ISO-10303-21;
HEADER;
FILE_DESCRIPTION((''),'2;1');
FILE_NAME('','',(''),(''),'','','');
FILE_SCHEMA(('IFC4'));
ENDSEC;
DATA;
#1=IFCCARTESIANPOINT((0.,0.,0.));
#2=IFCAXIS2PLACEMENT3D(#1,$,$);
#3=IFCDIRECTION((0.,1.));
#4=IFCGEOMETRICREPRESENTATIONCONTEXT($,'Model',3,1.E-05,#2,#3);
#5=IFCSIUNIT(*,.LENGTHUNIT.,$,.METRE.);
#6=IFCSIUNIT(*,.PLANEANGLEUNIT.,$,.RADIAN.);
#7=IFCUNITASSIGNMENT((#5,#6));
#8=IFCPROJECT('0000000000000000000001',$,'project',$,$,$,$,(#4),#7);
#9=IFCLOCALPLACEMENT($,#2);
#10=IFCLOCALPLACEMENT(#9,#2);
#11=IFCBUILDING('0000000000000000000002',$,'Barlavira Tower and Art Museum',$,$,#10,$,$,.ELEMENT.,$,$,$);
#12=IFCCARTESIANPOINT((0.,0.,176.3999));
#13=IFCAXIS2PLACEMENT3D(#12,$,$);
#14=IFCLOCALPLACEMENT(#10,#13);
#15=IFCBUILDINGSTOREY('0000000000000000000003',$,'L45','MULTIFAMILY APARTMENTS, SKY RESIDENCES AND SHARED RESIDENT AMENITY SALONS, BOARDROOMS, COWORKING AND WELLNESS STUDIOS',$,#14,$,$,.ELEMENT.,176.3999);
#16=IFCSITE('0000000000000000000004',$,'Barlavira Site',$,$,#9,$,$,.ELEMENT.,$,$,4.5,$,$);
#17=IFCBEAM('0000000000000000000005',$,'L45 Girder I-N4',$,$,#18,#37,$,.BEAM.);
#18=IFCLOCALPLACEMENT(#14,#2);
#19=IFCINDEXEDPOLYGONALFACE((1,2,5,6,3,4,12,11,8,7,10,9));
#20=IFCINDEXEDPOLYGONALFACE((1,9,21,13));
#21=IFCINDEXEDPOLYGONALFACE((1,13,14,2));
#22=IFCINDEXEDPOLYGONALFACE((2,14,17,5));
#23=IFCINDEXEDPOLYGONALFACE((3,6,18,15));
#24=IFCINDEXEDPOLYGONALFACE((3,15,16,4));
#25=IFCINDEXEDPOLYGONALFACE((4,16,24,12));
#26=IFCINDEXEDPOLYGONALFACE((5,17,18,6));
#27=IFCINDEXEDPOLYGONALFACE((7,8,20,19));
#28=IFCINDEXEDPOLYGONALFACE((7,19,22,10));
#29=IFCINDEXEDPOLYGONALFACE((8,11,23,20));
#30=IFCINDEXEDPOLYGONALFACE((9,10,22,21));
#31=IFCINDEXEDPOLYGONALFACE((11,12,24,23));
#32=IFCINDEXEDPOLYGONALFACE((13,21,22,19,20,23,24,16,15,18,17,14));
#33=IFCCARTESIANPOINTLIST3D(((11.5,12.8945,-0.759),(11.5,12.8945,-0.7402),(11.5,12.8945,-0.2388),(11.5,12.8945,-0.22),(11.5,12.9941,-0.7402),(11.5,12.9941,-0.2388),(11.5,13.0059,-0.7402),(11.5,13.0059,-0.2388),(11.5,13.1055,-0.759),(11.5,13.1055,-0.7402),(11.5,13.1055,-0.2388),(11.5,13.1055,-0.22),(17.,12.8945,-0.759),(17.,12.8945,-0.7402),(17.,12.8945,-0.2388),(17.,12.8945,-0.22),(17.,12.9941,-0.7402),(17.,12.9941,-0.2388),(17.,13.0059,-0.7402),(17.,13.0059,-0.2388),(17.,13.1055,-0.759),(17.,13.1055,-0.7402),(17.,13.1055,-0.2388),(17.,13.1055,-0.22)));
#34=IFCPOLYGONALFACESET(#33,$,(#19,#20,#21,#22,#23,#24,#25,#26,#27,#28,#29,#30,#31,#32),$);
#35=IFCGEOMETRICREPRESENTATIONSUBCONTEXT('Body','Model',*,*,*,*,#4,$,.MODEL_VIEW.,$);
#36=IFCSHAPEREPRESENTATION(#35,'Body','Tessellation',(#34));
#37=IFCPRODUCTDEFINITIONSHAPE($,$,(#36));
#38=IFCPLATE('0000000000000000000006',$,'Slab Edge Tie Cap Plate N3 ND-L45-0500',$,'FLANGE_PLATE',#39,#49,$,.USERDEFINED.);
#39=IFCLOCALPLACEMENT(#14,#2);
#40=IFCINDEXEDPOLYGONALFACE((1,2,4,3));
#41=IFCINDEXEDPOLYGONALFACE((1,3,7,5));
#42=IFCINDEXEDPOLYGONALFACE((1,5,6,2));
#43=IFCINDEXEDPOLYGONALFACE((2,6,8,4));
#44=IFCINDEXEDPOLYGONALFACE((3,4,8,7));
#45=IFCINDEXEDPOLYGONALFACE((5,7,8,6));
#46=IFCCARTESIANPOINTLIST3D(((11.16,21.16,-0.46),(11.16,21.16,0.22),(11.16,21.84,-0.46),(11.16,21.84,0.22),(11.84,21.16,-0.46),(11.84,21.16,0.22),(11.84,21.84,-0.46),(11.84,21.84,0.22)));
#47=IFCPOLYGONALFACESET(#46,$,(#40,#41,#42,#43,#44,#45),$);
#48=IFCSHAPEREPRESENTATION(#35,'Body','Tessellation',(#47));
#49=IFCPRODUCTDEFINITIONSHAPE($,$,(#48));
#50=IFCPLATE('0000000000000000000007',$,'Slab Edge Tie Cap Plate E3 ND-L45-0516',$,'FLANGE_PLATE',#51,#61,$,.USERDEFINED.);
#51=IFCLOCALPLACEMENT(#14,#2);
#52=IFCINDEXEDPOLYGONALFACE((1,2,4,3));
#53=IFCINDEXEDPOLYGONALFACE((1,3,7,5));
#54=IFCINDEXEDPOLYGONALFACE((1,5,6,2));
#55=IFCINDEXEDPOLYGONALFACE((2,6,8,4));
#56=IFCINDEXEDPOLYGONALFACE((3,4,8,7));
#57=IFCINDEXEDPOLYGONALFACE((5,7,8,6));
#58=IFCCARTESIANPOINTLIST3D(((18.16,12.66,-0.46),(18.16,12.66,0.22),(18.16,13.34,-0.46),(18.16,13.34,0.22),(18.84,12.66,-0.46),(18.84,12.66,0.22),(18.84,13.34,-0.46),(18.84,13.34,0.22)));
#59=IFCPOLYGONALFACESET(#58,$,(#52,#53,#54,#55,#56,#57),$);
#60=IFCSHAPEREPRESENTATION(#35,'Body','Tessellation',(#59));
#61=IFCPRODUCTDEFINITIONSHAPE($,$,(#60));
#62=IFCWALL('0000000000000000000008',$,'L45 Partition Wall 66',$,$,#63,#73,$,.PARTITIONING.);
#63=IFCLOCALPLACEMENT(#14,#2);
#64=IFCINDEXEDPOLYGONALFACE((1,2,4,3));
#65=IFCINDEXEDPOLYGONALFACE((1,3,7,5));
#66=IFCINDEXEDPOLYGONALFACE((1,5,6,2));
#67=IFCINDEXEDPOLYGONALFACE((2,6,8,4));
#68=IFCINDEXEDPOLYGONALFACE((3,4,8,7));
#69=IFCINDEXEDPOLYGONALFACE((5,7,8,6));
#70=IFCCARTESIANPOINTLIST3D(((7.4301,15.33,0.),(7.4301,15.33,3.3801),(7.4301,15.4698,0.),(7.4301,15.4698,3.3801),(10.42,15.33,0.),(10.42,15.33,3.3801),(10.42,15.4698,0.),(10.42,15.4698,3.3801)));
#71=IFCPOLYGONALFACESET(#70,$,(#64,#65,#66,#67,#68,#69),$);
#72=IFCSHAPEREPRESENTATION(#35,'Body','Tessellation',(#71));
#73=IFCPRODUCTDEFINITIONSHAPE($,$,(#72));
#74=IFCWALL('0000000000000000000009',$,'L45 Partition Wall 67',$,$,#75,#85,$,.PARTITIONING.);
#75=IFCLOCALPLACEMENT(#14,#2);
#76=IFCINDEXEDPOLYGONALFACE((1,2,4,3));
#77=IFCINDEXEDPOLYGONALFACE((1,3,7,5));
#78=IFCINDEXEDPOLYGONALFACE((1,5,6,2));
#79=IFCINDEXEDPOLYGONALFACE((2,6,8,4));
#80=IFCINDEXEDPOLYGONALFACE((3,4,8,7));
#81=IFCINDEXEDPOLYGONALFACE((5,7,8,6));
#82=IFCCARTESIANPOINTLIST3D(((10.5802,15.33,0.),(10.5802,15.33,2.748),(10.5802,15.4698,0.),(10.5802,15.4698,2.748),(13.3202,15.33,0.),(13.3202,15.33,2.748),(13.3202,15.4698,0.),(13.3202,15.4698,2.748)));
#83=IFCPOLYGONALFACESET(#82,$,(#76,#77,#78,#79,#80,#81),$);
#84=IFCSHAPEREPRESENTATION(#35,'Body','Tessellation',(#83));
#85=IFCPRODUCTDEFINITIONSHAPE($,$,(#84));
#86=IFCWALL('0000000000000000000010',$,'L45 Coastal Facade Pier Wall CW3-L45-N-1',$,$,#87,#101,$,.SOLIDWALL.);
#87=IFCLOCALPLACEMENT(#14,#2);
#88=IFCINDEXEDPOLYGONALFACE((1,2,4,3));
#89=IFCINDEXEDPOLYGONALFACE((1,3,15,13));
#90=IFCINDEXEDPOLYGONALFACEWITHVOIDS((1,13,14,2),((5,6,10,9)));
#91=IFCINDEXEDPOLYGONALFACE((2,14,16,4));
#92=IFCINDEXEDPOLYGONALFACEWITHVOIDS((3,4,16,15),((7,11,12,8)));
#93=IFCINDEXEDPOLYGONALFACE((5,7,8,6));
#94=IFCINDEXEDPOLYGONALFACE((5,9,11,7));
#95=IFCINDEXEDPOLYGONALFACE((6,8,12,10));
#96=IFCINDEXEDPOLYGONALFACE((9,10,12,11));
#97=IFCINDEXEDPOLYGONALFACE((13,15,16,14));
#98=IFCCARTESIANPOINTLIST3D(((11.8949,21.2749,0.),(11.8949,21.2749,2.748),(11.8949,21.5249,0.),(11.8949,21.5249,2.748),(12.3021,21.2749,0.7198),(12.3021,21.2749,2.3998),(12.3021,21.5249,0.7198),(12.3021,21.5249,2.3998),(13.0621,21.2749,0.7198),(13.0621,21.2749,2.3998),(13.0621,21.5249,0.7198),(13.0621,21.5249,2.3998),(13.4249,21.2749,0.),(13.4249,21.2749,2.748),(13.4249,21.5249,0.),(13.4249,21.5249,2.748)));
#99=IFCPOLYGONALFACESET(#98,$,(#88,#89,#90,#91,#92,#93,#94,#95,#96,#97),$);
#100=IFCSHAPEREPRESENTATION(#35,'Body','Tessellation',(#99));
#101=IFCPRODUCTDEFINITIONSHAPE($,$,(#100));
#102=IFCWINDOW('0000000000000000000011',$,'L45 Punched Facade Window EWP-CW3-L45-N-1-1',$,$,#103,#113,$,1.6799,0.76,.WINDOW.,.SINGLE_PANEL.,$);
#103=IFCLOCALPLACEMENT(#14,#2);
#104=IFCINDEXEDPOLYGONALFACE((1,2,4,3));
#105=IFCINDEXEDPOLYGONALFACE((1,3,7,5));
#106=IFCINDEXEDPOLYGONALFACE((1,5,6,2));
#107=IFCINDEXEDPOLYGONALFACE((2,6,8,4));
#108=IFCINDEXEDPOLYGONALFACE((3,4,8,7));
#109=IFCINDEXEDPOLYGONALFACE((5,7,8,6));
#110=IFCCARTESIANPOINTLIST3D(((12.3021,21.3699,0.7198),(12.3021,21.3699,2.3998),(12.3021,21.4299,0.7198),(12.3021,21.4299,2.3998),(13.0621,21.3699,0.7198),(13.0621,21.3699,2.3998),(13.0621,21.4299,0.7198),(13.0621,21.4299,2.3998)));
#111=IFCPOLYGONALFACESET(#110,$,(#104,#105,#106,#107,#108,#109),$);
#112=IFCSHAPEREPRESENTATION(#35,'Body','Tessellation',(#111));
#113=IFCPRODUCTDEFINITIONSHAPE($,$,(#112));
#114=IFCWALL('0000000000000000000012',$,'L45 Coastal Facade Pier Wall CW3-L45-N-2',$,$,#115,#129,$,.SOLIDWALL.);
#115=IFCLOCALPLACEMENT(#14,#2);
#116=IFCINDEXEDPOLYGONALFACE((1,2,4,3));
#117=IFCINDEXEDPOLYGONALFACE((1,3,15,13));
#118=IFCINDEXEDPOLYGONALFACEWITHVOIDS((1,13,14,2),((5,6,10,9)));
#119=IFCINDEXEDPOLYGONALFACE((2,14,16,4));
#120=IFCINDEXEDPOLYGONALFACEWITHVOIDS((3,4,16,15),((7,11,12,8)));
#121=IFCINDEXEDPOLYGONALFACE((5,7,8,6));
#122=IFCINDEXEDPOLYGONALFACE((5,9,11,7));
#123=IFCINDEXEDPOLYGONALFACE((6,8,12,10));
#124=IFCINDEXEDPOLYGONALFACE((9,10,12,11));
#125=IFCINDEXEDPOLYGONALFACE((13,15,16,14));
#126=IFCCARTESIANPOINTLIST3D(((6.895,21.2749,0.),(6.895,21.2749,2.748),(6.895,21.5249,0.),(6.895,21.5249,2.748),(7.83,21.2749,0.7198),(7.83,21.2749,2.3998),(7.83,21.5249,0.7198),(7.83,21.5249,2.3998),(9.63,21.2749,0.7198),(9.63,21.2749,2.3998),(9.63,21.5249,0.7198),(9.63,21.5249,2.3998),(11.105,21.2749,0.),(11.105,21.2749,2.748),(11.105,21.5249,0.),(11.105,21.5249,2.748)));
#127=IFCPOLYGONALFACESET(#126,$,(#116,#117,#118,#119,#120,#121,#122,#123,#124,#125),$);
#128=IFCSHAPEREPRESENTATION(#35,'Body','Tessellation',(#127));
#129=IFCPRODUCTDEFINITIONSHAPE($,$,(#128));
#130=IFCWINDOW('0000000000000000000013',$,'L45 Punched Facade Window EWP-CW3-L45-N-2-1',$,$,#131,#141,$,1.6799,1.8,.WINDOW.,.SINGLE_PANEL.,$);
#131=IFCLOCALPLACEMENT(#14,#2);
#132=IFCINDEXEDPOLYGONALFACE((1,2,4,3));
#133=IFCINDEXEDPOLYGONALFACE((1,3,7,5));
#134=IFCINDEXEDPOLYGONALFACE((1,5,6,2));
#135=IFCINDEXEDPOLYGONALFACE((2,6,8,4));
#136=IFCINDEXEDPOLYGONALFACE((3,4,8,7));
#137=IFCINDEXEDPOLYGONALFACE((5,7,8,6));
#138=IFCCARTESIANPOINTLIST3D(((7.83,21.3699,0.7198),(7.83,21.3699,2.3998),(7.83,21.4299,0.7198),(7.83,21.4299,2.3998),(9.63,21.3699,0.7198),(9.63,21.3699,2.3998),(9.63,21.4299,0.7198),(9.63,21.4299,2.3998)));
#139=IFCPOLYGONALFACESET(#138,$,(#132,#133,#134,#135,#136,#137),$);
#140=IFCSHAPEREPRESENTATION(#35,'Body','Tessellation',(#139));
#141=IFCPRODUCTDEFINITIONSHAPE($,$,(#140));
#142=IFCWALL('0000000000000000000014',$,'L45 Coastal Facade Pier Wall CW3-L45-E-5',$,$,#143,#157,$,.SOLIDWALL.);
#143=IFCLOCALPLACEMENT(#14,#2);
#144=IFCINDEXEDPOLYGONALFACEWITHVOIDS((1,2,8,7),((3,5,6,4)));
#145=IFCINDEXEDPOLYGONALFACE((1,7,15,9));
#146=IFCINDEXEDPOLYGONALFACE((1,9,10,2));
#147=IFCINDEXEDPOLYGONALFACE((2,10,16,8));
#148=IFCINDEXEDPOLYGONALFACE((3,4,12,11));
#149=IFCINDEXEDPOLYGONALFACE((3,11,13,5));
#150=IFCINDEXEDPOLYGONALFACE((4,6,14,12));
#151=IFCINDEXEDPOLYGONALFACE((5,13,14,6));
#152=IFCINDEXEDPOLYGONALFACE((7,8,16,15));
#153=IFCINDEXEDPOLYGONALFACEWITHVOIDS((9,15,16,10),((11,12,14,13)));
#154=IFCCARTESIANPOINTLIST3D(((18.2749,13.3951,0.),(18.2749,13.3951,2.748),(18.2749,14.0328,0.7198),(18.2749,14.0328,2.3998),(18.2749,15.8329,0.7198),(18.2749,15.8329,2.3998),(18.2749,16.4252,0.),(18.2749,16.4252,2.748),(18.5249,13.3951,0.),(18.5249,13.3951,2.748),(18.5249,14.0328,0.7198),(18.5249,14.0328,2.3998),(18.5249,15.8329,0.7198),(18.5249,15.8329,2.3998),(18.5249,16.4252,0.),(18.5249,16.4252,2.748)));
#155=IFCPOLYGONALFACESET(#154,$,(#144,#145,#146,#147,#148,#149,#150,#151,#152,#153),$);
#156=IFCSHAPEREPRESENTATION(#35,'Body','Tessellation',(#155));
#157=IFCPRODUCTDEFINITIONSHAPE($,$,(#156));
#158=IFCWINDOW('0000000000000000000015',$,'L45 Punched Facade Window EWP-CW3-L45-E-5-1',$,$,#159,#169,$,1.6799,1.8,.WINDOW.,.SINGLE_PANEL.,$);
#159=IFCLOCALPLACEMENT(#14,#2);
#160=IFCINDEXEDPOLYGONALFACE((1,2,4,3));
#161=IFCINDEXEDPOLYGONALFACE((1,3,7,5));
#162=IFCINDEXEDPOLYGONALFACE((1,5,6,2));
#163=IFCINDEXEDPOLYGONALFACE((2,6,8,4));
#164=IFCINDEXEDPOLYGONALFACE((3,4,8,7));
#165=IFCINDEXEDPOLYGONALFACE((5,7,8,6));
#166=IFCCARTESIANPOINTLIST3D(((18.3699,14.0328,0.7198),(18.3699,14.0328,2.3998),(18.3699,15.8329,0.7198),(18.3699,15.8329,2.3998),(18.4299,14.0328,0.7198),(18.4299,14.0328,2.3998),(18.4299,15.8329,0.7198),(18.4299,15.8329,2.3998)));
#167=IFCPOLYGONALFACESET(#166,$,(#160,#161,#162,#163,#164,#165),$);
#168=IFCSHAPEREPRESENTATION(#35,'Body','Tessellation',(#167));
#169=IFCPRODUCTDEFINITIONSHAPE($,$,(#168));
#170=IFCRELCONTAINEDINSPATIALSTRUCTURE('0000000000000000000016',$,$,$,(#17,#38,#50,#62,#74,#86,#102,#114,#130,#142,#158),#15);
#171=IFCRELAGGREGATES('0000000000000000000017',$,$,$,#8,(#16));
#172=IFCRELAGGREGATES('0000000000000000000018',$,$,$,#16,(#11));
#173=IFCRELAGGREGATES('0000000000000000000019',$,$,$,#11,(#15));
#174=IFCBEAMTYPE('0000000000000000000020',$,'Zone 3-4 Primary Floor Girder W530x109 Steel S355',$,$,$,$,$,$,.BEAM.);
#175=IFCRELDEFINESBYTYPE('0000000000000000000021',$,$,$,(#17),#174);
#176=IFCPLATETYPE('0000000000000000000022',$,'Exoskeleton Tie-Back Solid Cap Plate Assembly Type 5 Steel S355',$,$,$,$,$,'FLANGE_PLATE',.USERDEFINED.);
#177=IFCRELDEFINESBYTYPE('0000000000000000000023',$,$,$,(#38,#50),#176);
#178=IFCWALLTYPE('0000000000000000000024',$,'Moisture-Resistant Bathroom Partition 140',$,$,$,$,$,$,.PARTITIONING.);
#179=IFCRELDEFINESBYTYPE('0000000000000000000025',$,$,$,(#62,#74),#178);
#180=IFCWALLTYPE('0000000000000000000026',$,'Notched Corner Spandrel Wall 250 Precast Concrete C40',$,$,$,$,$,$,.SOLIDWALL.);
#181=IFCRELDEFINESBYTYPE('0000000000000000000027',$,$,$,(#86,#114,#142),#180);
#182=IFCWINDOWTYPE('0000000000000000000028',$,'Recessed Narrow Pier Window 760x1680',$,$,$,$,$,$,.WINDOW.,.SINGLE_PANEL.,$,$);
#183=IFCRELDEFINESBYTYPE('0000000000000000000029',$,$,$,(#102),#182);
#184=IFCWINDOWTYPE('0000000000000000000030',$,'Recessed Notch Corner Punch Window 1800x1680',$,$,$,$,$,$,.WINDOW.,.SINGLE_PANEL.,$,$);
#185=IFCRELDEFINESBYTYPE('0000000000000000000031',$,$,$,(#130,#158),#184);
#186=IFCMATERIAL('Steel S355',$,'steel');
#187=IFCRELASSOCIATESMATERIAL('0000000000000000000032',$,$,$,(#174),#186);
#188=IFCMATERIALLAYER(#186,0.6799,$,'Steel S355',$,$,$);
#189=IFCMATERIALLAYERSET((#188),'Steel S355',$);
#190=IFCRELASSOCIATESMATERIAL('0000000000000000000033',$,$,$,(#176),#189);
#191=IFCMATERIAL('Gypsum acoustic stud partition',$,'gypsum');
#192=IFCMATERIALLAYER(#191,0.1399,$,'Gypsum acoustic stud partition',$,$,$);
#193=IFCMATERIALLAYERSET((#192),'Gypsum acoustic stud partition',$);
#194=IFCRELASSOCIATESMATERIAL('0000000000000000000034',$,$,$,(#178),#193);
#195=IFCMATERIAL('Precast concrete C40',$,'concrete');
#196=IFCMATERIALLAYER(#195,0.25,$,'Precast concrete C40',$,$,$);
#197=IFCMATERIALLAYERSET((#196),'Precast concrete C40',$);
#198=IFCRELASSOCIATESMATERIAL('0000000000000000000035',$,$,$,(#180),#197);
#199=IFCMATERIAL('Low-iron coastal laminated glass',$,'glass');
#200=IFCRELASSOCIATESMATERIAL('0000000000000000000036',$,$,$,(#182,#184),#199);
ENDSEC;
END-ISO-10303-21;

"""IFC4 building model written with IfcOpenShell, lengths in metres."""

from ifc_helpers import new_model, si_unit, direction, frame, frame_2d, origin, origin_2d, place, context, subcontext, project, spatial, rectangle, i_section, extrude, material, layer, layer_set, material_profile, profile_set, type_object, element, fill, save


model = new_model("IFC4")

# Units and contexts
model_context = context("Model", 3, precision=1e-05, world=origin(), true_north=direction((0.0, 1.0)))
body_context = subcontext(model_context, "Body", "Model", "MODEL_VIEW")
ifc_project = project(units=[si_unit("LENGTHUNIT", "METRE"), si_unit("PLANEANGLEUNIT", "RADIAN")], contexts=[model_context])

# Site, building, storey
site_placement = place(None, origin())
site = spatial("IfcSite", under=ifc_project, at=site_placement, Name="Barlavira Site", CompositionType="ELEMENT", RefElevation=4.5)
building_placement = place(site_placement, origin())
building = spatial("IfcBuilding", under=site, at=building_placement, Name="Barlavira Tower and Art Museum", CompositionType="ELEMENT")
storey_placement = place(building_placement, frame((0.0, 0.0, 176.3999)))
storey = spatial("IfcBuildingStorey", under=building, at=storey_placement, Name="L45", Description="MULTIFAMILY APARTMENTS, SKY RESIDENCES AND SHARED RESIDENT AMENITY SALONS, BOARDROOMS, COWORKING AND WELLNESS STUDIOS", CompositionType="ELEMENT", Elevation=176.3999)

# Shared definitions
ifc_material_1 = material(Name="Steel S355", Category="steel")

# Beam
ifc_material_profile_1 = material_profile(ifc_material_1, i_section(OverallWidth=0.2109, OverallDepth=0.5391, WebThickness=0.0117, FlangeThickness=0.0188, at=origin_2d()), Name="W530x109.0")
ifc_profile_set_1 = profile_set([ifc_material_profile_1], Name="Steel S355")
beam_type_1 = type_object("IfcBeamType", Name="Zone 3-4 Primary Floor Girder W530x109 Steel S355", PredefinedType="BEAM", material=ifc_profile_set_1)
beam_1_placement = place(storey_placement, frame((11.5, 13.0, -0.4895), z_axis=(1.0, 0.0, 0.0), x_axis=(0.0, 1.0, 0.0)))
element("IfcBeam", 1, at=beam_1_placement, inside=storey, type_object=beam_type_1, Name="L45 Girder I-N4", PredefinedType="BEAM", context=body_context, shape_type="SweptSolid", body=[
    extrude(i_section(OverallWidth=0.2109, OverallDepth=0.5391, WebThickness=0.0117, FlangeThickness=0.0188, at=origin_2d()), origin(), (0.0, 0.0, 1.0), 5.5),
])

# Plates
ifc_layer_1 = layer(ifc_material_1, 0.6799, Name="Steel S355")
ifc_layer_set_1 = layer_set([ifc_layer_1], Name="Steel S355")
plate_type = type_object("IfcPlateType", Name="Exoskeleton Tie-Back Solid Cap Plate Assembly Type 5 Steel S355", ElementType="FLANGE_PLATE", PredefinedType="USERDEFINED", material=ifc_layer_set_1)
for number, where, z_axis, x_axis, name in (
    (2, (11.5, 21.5, -0.46), (0.0, 0.0, 1.0), (1.0, 0.0, 0.0), "Slab Edge Tie Cap Plate N3 ND-L45-0500"),
    (3, (18.5, 13.0, -0.46), (0.0, 0.0, 1.0), (1.0, 0.0, 0.0), "Slab Edge Tie Cap Plate E3 ND-L45-0516"),
):
    element("IfcPlate", number, at=place(storey_placement, frame(where, z_axis=z_axis, x_axis=x_axis)), inside=storey, type_object=plate_type, Name=name, ObjectType="FLANGE_PLATE", PredefinedType="USERDEFINED", context=body_context, shape_type="SweptSolid", body=[
        extrude(rectangle(XDim=0.6799, YDim=0.6799, at=origin_2d()), origin(), (0.0, 0.0, 1.0), 0.6799),
    ])

# Walls
ifc_material_2 = material(Name="Gypsum acoustic stud partition", Category="gypsum")
ifc_layer_2 = layer(ifc_material_2, 0.1399, Name="Gypsum acoustic stud partition")
ifc_layer_set_2 = layer_set([ifc_layer_2], Name="Gypsum acoustic stud partition")
wall_type_1 = type_object("IfcWallType", Name="Moisture-Resistant Bathroom Partition 140", PredefinedType="PARTITIONING", material=ifc_layer_set_2)
wall_1_placement = place(storey_placement, frame((7.4299, 15.3999, 0.0), z_axis=(0.0, 0.0, 1.0), x_axis=(1.0, 0.0, 0.0)))
element("IfcWall", 4, at=wall_1_placement, inside=storey, type_object=wall_type_1, Name="L45 Partition Wall 66", PredefinedType="PARTITIONING", context=body_context, shape_type="SweptSolid", body=[
    extrude(rectangle(XDim=2.99, YDim=0.1399, at=frame_2d((1.4951, 0.0))), origin(), (0.0, 0.0, 1.0), 3.3801),
])
wall_2_placement = place(storey_placement, frame((10.5801, 15.3999, 0.0), z_axis=(0.0, 0.0, 1.0), x_axis=(1.0, 0.0, 0.0)))
element("IfcWall", 5, at=wall_2_placement, inside=storey, type_object=wall_type_1, Name="L45 Partition Wall 67", PredefinedType="PARTITIONING", context=body_context, shape_type="SweptSolid", body=[
    extrude(rectangle(XDim=2.74, YDim=0.1399, at=frame_2d((1.3701, 0.0))), origin(), (0.0, 0.0, 1.0), 2.748),
])

# Walls, openings, windows
ifc_material_3 = material(Name="Precast concrete C40", Category="concrete")
ifc_layer_3 = layer(ifc_material_3, 0.25, Name="Precast concrete C40")
ifc_layer_set_3 = layer_set([ifc_layer_3], Name="Precast concrete C40")
wall_type_2 = type_object("IfcWallType", Name="Notched Corner Spandrel Wall 250 Precast Concrete C40", PredefinedType="SOLIDWALL", material=ifc_layer_set_3)
wall_3_placement = place(storey_placement, frame((13.425, 21.3999, 0.0), z_axis=(0.0, 0.0, 1.0), x_axis=(-1.0, 0.0, 0.0)))
wall_3 = element("IfcWall", 6, at=wall_3_placement, inside=storey, type_object=wall_type_2, Name="L45 Coastal Facade Pier Wall CW3-L45-N-1", PredefinedType="SOLIDWALL", context=body_context, shape_type="SweptSolid", body=[
    extrude(rectangle(XDim=1.53, YDim=0.25, at=frame_2d((0.7651, 0.0))), origin(), (0.0, 0.0, 1.0), 2.748),
])
opening_1_placement = place(wall_3_placement, frame((0.363, 0.0, 0.72)))
opening_1 = element("IfcOpeningElement", 7, at=opening_1_placement, cuts=wall_3, PredefinedType="OPENING", context=body_context, shape_type="SweptSolid", body=[
    extrude(rectangle(XDim=0.76, YDim=1.6799, at=frame_2d((0.3799, 0.8398))), frame((0.0, 0.135, 0.0), z_axis=(0.0, -1.0, 0.0), x_axis=(1.0, 0.0, 0.0)), (0.0, 0.0, 1.0), 0.27),
])
ifc_material_4 = material(Name="Low-iron coastal laminated glass", Category="glass")
window_type_1 = type_object("IfcWindowType", Name="Recessed Narrow Pier Window 760x1680", PartitioningType="SINGLE_PANEL", PredefinedType="WINDOW", material=ifc_material_4)
window_1_placement = place(opening_1_placement, origin())
window_1 = element("IfcWindow", 8, at=window_1_placement, inside=storey, type_object=window_type_1, Name="L45 Punched Facade Window EWP-CW3-L45-N-1-1", OverallHeight=1.6799, OverallWidth=0.76, PartitioningType="SINGLE_PANEL", PredefinedType="WINDOW", context=body_context, shape_type="SweptSolid", body=[
    extrude(rectangle(XDim=0.76, YDim=1.6799, at=frame_2d((0.3799, 0.8398))), frame((0.0, 0.03, 0.0), z_axis=(0.0, -1.0, 0.0), x_axis=(1.0, 0.0, 0.0)), (0.0, 0.0, 1.0), 0.0601),
])
fill(opening_1, window_1)
wall_4_placement = place(storey_placement, frame((11.105, 21.3999, 0.0), z_axis=(0.0, 0.0, 1.0), x_axis=(-1.0, 0.0, 0.0)))
wall_4 = element("IfcWall", 9, at=wall_4_placement, inside=storey, type_object=wall_type_2, Name="L45 Coastal Facade Pier Wall CW3-L45-N-2", PredefinedType="SOLIDWALL", context=body_context, shape_type="SweptSolid", body=[
    extrude(rectangle(XDim=4.21, YDim=0.25, at=frame_2d((2.105, 0.0))), origin(), (0.0, 0.0, 1.0), 2.748),
])
opening_2_placement = place(wall_4_placement, frame((1.4751, 0.0, 0.72)))
opening_2 = element("IfcOpeningElement", 10, at=opening_2_placement, cuts=wall_4, PredefinedType="OPENING", context=body_context, shape_type="SweptSolid", body=[
    extrude(rectangle(XDim=1.8, YDim=1.6799, at=frame_2d((0.8999, 0.8398))), frame((0.0, 0.135, 0.0), z_axis=(0.0, -1.0, 0.0), x_axis=(1.0, 0.0, 0.0)), (0.0, 0.0, 1.0), 0.27),
])
window_type_2 = type_object("IfcWindowType", Name="Recessed Notch Corner Punch Window 1800x1680", PartitioningType="SINGLE_PANEL", PredefinedType="WINDOW", material=ifc_material_4)
window_2_placement = place(opening_2_placement, origin())
window_2 = element("IfcWindow", 11, at=window_2_placement, inside=storey, type_object=window_type_2, Name="L45 Punched Facade Window EWP-CW3-L45-N-2-1", OverallHeight=1.6799, OverallWidth=1.8, PartitioningType="SINGLE_PANEL", PredefinedType="WINDOW", context=body_context, shape_type="SweptSolid", body=[
    extrude(rectangle(XDim=1.8, YDim=1.6799, at=frame_2d((0.8999, 0.8398))), frame((0.0, 0.03, 0.0), z_axis=(0.0, -1.0, 0.0), x_axis=(1.0, 0.0, 0.0)), (0.0, 0.0, 1.0), 0.0601),
])
fill(opening_2, window_2)
wall_5_placement = place(storey_placement, frame((18.3999, 13.395, 0.0), z_axis=(0.0, 0.0, 1.0), x_axis=(0.0, 1.0, 0.0)))
wall_5 = element("IfcWall", 12, at=wall_5_placement, inside=storey, type_object=wall_type_2, Name="L45 Coastal Facade Pier Wall CW3-L45-E-5", PredefinedType="SOLIDWALL", context=body_context, shape_type="SweptSolid", body=[
    extrude(rectangle(XDim=3.03, YDim=0.25, at=frame_2d((1.5151, 0.0))), origin(), (0.0, 0.0, 1.0), 2.748),
])
opening_3_placement = place(wall_5_placement, frame((0.6379, 0.0, 0.72)))
opening_3 = element("IfcOpeningElement", 13, at=opening_3_placement, cuts=wall_5, PredefinedType="OPENING", context=body_context, shape_type="SweptSolid", body=[
    extrude(rectangle(XDim=1.8, YDim=1.6799, at=frame_2d((0.8999, 0.8398))), frame((0.0, 0.135, 0.0), z_axis=(0.0, -1.0, 0.0), x_axis=(1.0, 0.0, 0.0)), (0.0, 0.0, 1.0), 0.27),
])
window_3_placement = place(opening_3_placement, origin())
window_3 = element("IfcWindow", 14, at=window_3_placement, inside=storey, type_object=window_type_2, Name="L45 Punched Facade Window EWP-CW3-L45-E-5-1", OverallHeight=1.6799, OverallWidth=1.8, PartitioningType="SINGLE_PANEL", PredefinedType="WINDOW", context=body_context, shape_type="SweptSolid", body=[
    extrude(rectangle(XDim=1.8, YDim=1.6799, at=frame_2d((0.8999, 0.8398))), frame((0.0, 0.03, 0.0), z_axis=(0.0, -1.0, 0.0), x_axis=(1.0, 0.0, 0.0)), (0.0, 0.0, 1.0), 0.0601),
])
fill(opening_3, window_3)

save(model, "model.ifc")
